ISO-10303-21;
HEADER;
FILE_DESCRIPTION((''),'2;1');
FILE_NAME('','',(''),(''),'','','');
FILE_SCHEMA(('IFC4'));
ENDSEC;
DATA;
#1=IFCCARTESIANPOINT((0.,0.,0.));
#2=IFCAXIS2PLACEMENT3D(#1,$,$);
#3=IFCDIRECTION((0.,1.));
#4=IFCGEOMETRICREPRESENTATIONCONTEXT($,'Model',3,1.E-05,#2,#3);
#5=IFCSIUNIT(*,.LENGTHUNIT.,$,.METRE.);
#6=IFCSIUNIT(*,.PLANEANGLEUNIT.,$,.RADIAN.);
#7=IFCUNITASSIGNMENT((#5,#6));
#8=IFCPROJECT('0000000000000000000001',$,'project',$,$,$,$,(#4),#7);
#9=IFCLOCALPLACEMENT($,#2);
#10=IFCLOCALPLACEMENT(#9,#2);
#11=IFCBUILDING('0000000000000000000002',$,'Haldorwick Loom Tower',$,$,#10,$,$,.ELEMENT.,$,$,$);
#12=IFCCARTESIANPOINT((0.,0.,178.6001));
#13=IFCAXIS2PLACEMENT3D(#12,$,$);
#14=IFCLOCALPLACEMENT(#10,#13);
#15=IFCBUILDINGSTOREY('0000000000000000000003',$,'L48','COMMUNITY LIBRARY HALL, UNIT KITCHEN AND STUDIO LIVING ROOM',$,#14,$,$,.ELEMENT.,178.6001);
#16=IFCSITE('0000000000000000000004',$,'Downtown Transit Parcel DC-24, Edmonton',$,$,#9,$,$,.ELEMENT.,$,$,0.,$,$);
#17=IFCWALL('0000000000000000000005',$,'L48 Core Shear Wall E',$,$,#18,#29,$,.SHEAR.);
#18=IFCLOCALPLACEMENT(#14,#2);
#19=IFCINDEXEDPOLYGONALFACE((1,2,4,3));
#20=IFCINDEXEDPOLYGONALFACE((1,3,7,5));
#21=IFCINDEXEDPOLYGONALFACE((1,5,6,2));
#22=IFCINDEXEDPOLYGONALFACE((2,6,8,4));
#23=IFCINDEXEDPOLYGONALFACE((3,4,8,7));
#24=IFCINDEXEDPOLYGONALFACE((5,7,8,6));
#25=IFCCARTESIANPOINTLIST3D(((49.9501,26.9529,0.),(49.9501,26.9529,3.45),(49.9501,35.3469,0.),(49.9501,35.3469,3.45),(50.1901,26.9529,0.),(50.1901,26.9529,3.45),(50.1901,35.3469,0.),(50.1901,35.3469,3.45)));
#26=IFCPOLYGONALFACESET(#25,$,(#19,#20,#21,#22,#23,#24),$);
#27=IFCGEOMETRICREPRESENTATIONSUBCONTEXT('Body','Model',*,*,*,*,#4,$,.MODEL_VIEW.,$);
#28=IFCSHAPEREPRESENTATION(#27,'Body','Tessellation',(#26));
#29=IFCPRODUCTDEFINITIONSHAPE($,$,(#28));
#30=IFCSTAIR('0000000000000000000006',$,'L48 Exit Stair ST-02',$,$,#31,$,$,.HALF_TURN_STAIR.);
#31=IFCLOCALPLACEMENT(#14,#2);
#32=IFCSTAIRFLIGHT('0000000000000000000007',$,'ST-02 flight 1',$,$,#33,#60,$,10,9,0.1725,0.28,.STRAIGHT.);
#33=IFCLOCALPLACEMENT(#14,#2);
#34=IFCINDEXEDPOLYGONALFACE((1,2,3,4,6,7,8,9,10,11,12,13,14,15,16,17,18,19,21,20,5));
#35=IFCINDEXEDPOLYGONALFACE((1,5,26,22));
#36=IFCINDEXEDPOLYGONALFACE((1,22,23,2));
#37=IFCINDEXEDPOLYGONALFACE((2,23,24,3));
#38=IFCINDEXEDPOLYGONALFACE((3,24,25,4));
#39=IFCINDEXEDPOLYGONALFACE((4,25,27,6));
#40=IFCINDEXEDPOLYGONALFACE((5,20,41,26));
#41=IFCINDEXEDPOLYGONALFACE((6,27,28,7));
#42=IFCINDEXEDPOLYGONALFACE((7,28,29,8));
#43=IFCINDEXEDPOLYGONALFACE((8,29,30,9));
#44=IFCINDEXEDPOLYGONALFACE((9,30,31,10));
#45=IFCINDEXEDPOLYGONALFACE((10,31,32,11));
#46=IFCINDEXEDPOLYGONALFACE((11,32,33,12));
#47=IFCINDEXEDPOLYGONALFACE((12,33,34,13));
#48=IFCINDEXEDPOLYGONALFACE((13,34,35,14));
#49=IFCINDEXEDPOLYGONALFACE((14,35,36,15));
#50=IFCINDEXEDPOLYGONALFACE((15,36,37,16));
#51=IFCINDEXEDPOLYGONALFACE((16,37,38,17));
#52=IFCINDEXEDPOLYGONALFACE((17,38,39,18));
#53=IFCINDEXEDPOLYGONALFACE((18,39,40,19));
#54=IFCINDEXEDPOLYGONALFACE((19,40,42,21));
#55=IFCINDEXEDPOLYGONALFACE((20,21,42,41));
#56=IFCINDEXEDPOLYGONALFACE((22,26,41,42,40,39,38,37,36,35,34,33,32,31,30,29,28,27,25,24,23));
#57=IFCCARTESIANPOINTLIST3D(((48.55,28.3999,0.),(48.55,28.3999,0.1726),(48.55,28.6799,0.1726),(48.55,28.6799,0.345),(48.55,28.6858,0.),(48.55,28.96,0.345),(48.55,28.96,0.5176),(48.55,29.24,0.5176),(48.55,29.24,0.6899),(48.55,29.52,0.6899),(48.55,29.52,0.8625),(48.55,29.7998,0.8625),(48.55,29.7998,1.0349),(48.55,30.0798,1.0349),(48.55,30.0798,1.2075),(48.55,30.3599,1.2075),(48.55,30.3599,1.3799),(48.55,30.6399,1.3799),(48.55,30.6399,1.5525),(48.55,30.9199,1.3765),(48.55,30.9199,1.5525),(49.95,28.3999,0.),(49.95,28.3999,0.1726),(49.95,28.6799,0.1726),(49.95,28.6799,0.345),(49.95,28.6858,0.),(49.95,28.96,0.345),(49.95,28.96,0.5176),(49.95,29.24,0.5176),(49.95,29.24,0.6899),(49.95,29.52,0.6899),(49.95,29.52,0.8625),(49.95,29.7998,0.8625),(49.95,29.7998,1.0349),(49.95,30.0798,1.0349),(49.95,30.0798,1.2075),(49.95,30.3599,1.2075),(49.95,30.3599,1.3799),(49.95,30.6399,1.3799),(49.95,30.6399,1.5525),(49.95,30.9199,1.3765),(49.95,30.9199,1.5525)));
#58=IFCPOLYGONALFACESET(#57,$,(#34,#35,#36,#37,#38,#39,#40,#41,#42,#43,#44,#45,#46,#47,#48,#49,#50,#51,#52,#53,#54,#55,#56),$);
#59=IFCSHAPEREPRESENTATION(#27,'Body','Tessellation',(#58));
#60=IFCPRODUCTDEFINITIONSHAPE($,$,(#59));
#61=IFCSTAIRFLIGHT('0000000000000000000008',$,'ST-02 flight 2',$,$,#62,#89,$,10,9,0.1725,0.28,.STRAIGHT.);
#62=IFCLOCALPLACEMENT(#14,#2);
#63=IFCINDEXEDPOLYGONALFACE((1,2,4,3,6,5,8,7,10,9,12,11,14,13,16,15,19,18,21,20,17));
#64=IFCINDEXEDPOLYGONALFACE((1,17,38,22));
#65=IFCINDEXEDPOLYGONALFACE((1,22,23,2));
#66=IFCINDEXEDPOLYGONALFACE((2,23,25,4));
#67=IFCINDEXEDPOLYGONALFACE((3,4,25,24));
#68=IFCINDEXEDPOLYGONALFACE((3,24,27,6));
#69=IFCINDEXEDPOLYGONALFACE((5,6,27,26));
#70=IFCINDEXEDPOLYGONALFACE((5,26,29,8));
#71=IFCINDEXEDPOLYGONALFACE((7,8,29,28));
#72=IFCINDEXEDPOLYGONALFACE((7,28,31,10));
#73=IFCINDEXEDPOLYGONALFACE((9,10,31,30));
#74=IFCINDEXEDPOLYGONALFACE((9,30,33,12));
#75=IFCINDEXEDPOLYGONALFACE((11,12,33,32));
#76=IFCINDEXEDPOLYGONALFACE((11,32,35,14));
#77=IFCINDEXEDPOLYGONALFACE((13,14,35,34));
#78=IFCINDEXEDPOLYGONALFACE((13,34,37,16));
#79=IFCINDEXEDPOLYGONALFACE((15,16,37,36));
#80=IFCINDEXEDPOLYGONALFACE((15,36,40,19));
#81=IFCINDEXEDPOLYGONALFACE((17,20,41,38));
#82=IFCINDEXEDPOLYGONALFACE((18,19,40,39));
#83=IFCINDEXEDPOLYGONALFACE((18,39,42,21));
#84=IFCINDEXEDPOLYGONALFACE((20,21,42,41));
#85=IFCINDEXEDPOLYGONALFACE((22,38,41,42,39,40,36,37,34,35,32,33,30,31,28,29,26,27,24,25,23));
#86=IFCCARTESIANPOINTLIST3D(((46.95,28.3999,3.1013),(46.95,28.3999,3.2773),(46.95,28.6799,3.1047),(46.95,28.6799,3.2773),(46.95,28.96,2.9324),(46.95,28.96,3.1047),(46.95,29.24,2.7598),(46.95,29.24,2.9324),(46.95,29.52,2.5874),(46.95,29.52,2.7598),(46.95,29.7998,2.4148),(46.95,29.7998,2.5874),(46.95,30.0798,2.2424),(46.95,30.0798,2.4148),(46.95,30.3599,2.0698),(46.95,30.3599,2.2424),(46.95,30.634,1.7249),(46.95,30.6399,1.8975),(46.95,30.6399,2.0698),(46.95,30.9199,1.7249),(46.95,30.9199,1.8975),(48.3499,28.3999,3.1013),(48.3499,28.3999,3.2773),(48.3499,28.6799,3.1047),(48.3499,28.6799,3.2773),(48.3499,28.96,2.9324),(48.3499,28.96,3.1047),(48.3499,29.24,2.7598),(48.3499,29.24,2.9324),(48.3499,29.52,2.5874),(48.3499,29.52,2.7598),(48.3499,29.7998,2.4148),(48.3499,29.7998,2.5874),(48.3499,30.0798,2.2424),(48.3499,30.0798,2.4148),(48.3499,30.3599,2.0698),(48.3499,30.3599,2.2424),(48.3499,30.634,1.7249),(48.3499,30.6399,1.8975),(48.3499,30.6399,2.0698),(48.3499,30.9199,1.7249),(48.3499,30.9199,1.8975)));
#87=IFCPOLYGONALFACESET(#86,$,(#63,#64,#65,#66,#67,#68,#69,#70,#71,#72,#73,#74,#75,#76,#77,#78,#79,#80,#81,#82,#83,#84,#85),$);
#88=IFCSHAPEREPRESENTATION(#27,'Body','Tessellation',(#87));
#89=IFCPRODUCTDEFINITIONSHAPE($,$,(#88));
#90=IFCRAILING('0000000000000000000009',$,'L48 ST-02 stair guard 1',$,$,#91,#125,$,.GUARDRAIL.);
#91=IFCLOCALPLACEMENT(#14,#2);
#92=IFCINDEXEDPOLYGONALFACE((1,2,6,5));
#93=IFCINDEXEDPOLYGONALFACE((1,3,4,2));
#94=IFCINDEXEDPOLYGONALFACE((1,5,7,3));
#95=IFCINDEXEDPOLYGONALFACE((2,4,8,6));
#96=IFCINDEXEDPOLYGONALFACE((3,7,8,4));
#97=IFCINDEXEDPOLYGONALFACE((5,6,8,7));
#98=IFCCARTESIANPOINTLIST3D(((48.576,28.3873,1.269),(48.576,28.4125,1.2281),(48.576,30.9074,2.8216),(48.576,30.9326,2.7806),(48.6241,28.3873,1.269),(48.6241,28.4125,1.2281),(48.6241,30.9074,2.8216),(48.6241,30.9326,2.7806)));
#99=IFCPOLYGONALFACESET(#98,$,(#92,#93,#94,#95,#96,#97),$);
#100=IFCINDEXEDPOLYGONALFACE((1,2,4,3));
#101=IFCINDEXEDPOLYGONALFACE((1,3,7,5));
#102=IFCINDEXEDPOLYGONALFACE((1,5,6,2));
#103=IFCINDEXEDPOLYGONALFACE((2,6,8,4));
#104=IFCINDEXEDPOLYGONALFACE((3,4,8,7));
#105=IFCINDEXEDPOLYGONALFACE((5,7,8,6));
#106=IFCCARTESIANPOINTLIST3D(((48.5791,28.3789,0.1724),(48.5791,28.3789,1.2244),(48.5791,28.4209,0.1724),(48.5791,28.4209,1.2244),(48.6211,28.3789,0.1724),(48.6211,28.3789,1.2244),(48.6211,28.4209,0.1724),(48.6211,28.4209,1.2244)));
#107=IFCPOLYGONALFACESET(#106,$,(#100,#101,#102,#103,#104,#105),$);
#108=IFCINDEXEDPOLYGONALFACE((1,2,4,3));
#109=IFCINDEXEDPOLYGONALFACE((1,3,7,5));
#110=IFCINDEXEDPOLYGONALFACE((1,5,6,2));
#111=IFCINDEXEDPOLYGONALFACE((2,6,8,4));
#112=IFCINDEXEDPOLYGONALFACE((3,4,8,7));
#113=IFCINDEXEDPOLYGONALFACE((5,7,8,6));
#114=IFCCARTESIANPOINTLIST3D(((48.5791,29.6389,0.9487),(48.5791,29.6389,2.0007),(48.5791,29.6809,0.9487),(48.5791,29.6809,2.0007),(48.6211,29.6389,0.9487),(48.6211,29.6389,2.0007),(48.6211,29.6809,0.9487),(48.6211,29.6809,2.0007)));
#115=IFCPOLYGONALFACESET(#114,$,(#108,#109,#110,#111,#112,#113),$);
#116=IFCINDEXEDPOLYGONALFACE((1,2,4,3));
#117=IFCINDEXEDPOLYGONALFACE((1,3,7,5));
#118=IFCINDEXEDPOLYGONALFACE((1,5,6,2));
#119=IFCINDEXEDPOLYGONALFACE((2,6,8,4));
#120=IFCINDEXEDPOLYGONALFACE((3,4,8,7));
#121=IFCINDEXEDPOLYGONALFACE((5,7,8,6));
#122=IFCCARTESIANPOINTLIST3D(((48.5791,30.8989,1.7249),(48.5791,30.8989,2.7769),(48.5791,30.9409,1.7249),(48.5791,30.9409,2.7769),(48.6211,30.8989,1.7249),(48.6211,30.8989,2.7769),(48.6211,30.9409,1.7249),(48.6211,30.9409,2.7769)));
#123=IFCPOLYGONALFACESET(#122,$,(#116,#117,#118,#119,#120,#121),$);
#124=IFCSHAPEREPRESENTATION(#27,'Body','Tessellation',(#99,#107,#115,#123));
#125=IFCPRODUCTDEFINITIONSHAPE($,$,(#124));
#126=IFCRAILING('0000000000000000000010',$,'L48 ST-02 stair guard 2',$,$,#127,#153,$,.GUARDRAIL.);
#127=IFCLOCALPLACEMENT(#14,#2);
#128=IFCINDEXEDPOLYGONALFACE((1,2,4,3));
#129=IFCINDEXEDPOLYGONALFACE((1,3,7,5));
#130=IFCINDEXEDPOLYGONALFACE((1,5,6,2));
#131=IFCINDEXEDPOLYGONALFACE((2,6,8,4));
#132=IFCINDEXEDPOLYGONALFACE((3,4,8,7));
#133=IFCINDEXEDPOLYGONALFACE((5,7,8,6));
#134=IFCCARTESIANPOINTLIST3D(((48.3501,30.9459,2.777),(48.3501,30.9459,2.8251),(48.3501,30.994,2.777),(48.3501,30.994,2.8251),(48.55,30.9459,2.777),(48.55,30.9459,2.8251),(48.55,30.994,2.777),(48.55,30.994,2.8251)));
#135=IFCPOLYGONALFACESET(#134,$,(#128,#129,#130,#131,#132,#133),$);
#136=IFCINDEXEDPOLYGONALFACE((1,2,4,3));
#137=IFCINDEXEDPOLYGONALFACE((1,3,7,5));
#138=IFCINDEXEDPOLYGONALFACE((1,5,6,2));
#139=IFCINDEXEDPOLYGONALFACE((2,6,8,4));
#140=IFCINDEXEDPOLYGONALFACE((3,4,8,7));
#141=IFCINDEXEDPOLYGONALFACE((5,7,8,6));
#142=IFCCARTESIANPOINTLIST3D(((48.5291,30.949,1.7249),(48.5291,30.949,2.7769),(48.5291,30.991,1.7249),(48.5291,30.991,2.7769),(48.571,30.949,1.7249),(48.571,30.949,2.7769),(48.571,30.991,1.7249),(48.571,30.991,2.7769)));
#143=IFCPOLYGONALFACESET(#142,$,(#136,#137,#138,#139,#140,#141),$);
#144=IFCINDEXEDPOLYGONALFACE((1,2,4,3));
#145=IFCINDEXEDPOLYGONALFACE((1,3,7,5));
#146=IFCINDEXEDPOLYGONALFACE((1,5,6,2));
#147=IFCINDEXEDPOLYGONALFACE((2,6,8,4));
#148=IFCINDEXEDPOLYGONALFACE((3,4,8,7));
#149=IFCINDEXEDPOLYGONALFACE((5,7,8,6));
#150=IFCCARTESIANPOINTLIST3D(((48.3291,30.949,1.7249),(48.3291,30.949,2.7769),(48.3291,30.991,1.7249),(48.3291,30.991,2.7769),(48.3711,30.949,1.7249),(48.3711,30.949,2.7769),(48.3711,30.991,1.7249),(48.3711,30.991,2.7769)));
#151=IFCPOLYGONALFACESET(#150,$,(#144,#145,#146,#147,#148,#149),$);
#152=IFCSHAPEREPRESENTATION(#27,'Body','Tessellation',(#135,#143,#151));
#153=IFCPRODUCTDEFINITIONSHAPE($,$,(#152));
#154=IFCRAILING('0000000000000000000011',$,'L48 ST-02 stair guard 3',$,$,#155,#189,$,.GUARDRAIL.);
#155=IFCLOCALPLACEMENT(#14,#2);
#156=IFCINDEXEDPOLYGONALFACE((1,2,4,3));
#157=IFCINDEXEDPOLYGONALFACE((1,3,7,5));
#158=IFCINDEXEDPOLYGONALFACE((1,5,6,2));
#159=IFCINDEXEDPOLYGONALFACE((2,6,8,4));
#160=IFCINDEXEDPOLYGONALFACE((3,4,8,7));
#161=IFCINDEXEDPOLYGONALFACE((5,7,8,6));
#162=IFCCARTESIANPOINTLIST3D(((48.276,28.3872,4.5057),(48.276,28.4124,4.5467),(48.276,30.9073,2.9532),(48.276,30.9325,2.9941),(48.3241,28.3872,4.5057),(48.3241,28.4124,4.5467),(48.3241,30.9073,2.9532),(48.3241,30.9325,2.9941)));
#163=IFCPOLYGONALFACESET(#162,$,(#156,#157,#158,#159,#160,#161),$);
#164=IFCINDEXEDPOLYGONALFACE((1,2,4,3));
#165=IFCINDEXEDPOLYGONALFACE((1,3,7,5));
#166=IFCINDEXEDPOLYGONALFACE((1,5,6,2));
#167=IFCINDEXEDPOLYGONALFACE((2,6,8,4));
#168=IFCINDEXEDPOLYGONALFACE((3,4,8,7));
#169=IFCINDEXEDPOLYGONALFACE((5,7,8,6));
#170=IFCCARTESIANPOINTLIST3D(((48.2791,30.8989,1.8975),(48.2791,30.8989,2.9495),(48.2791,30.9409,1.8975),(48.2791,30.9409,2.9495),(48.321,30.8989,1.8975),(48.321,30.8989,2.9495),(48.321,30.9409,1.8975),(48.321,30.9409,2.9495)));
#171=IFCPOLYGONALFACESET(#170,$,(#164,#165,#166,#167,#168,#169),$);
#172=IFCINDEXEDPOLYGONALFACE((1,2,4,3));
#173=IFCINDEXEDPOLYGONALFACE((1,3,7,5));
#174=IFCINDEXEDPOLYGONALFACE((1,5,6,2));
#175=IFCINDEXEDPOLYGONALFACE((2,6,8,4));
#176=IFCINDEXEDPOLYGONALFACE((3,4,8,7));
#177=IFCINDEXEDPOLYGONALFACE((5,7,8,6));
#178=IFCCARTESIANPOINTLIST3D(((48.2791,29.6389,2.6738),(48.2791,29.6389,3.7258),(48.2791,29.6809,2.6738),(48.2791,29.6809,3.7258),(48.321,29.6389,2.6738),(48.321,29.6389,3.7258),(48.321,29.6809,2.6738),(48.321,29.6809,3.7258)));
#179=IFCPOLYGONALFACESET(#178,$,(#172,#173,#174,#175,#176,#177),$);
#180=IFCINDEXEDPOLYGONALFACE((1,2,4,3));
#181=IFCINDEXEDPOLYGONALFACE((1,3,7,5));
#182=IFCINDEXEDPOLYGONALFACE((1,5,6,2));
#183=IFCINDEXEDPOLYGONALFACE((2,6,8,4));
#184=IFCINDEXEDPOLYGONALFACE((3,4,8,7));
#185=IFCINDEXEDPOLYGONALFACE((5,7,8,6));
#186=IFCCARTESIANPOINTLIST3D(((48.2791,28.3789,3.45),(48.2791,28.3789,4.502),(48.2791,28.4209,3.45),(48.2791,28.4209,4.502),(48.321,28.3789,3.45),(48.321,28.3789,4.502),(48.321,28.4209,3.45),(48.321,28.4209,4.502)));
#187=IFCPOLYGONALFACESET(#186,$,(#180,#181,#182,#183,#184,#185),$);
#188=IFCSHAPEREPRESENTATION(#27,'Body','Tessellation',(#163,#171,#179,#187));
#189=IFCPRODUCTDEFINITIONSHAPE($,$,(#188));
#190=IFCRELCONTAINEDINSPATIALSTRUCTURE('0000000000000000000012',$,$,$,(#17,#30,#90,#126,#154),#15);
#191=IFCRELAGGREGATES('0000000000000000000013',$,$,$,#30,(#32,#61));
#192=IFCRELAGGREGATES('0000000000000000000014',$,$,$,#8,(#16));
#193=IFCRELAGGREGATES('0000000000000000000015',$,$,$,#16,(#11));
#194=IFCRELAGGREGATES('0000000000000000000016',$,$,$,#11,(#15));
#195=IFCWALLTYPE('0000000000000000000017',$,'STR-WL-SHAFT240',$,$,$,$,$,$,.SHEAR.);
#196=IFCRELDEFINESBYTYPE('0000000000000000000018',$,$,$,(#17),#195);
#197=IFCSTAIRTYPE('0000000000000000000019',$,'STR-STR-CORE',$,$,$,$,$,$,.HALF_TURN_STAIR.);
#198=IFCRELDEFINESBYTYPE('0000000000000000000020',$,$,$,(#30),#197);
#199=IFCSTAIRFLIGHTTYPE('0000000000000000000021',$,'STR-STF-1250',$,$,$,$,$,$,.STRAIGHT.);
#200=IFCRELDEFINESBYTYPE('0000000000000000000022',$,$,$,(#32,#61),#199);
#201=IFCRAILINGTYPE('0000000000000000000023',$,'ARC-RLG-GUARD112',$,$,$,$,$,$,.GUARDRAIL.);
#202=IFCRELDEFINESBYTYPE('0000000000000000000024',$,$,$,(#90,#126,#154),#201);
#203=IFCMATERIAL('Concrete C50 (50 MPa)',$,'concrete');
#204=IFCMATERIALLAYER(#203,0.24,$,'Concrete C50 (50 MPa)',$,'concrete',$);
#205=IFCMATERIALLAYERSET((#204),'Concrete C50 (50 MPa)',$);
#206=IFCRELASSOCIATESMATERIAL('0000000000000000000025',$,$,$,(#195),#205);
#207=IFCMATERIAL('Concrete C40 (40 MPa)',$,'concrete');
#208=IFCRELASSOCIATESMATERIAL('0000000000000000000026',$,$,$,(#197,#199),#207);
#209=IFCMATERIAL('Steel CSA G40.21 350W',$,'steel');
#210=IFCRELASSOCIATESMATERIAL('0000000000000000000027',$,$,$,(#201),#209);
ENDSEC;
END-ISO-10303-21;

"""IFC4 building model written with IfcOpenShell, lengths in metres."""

from ifc_helpers import new_model, si_unit, direction, frame, frame_2d, origin, origin_2d, place, context, subcontext, project, spatial, polyline, rectangle, outline, extrude, material, layer, layer_set, type_object, element, aggregate, save


model = new_model("IFC4")

# Units and contexts
model_context = context("Model", 3, precision=1e-05, world=origin(), true_north=direction((0.0, 1.0)))
body_context = subcontext(model_context, "Body", "Model", "MODEL_VIEW")
ifc_project = project(units=[si_unit("LENGTHUNIT", "METRE"), si_unit("PLANEANGLEUNIT", "RADIAN")], contexts=[model_context])

# Site, building, storey
site_placement = place(None, origin())
site = spatial("IfcSite", under=ifc_project, at=site_placement, Name="Downtown Transit Parcel DC-24, Edmonton", CompositionType="ELEMENT", RefElevation=0.0)
building_placement = place(site_placement, origin())
building = spatial("IfcBuilding", under=site, at=building_placement, Name="Haldorwick Loom Tower", CompositionType="ELEMENT")
storey_placement = place(building_placement, frame((0.0, 0.0, 178.6001)))
storey = spatial("IfcBuildingStorey", under=building, at=storey_placement, Name="L48", Description="COMMUNITY LIBRARY HALL, UNIT KITCHEN AND STUDIO LIVING ROOM", CompositionType="ELEMENT", Elevation=178.6001)

# Shared definitions
ifc_material_1 = material(Name="Steel CSA G40.21 350W", Category="steel")

# Wall
ifc_material_2 = material(Name="Concrete C50 (50 MPa)", Category="concrete")
ifc_layer_1 = layer(ifc_material_2, 0.24, Name="Concrete C50 (50 MPa)", Category="concrete")
ifc_layer_set_1 = layer_set([ifc_layer_1], Name="Concrete C50 (50 MPa)")
wall_type_1 = type_object("IfcWallType", Name="STR-WL-SHAFT240", PredefinedType="SHEAR", material=ifc_layer_set_1)
wall_1_placement = place(storey_placement, frame((50.0701, 26.9529, 0.0), z_axis=(0.0, 0.0, 1.0), x_axis=(0.0, 1.0, 0.0)))
element("IfcWall", 1, at=wall_1_placement, inside=storey, type_object=wall_type_1, Name="L48 Core Shear Wall E", PredefinedType="SHEAR", context=body_context, shape_type="SweptSolid", body=[
    extrude(rectangle(XDim=8.394, YDim=0.24, at=frame_2d((4.197, 0.0))), origin(), (0.0, 0.0, 1.0), 3.45),
])

# Stair, stair flights
ifc_material_3 = material(Name="Concrete C40 (40 MPa)", Category="concrete")
stair_type = type_object("IfcStairType", Name="STR-STR-CORE", PredefinedType="HALF_TURN_STAIR", material=ifc_material_3)
stair_placement = place(storey_placement, origin())
stair = element("IfcStair", 2, at=stair_placement, inside=storey, type_object=stair_type, Name="L48 Exit Stair ST-02", PredefinedType="HALF_TURN_STAIR")
stair_flight_type = type_object("IfcStairFlightType", Name="STR-STF-1250", PredefinedType="STRAIGHT", material=ifc_material_3)
stair_flight_1_placement = place(storey_placement, frame((49.25, 28.3999, 0.0), z_axis=(0.0, 0.0, 1.0), x_axis=(0.0, 1.0, 0.0)))
stair_flight_1 = element("IfcStairFlight", 3, at=stair_flight_1_placement, type_object=stair_flight_type, Name="ST-02 flight 1", NumberOfRisers=10, NumberOfTreads=9, PredefinedType="STRAIGHT", RiserHeight=0.1725, TreadLength=0.28, context=body_context, shape_type="SweptSolid", body=[
    extrude(outline(polyline([(0.0, 0.0), (0.0, 0.1726), (0.28, 0.1726), (0.28, 0.345), (0.5601, 0.345), (0.5601, 0.5176), (0.8401, 0.5176), (0.8401, 0.6899), (1.1201, 0.6899), (1.1201, 0.8625), (1.3999, 0.8625), (1.3999, 1.0349), (1.6799, 1.0349), (1.6799, 1.2075), (1.96, 1.2075), (1.96, 1.3799), (2.24, 1.3799), (2.24, 1.5525), (2.52, 1.5525), (2.52, 1.7251), (2.52, 1.3765), (0.2859, 0.0), (0.0, 0.0)])), frame((0.0, 0.7, 0.0), z_axis=(0.0, -1.0, 0.0), x_axis=(1.0, 0.0, 0.0)), (0.0, 0.0, 1.0), 1.3999),
])
stair_flight_2_placement = place(storey_placement, frame((47.6499, 30.9199, 1.7249), z_axis=(0.0, 0.0, 1.0), x_axis=(0.0, -1.0, 0.0)))
stair_flight_2 = element("IfcStairFlight", 4, at=stair_flight_2_placement, type_object=stair_flight_type, Name="ST-02 flight 2", NumberOfRisers=10, NumberOfTreads=9, PredefinedType="STRAIGHT", RiserHeight=0.1725, TreadLength=0.28, context=body_context, shape_type="SweptSolid", body=[
    extrude(outline(polyline([(0.0, 0.0), (0.0, 0.1726), (0.28, 0.1726), (0.28, 0.345), (0.5601, 0.345), (0.5601, 0.5176), (0.8401, 0.5176), (0.8401, 0.6899), (1.1201, 0.6899), (1.1201, 0.8625), (1.3999, 0.8625), (1.3999, 1.0349), (1.6799, 1.0349), (1.6799, 1.2075), (1.96, 1.2075), (1.96, 1.3799), (2.24, 1.3799), (2.24, 1.5525), (2.52, 1.5525), (2.52, 1.7251), (2.52, 1.3765), (0.2859, 0.0), (0.0, 0.0)])), frame((0.0, 0.7, 0.0), z_axis=(0.0, -1.0, 0.0), x_axis=(1.0, 0.0, 0.0)), (0.0, 0.0, 1.0), 1.3999),
])
aggregate(stair, [stair_flight_1, stair_flight_2])

# Railings
railing_type_1 = type_object("IfcRailingType", Name="ARC-RLG-GUARD112", PredefinedType="GUARDRAIL", material=ifc_material_1)
railing_1_placement = place(storey_placement, frame((48.6001, 28.3999, 0.1724)))
element("IfcRailing", 5, at=railing_1_placement, inside=storey, type_object=railing_type_1, Name="L48 ST-02 stair guard 1", PredefinedType="GUARDRAIL", context=body_context, shape_type="SweptSolid", body=[
    extrude(rectangle(XDim=0.0481, YDim=0.0481, at=origin_2d()), frame((0.0, 0.0, 1.0762), z_axis=(0.0, 0.8514, 0.524516), x_axis=(-1.0, 0.0, 0.0)), (0.0, 0.0, 1.0), 2.96),
    extrude(rectangle(XDim=0.042, YDim=0.042, at=origin_2d()), origin(), (0.0, 0.0, 1.0), 1.052),
    extrude(rectangle(XDim=0.042, YDim=0.042, at=origin_2d()), frame((0.0, 1.26, 0.7764)), (0.0, 0.0, 1.0), 1.052),
    extrude(rectangle(XDim=0.042, YDim=0.042, at=origin_2d()), frame((0.0, 2.52, 1.5525)), (0.0, 0.0, 1.0), 1.052),
])
railing_2_placement = place(storey_placement, frame((48.55, 30.97, 1.7249)))
element("IfcRailing", 6, at=railing_2_placement, inside=storey, type_object=railing_type_1, Name="L48 ST-02 stair guard 2", PredefinedType="GUARDRAIL", context=body_context, shape_type="SweptSolid", body=[
    extrude(rectangle(XDim=0.0481, YDim=0.0481, at=origin_2d()), frame((0.0, 0.0, 1.0762), z_axis=(-1.0, 0.0, 0.0), x_axis=(0.0, -1.0, 0.0)), (0.0, 0.0, 1.0), 0.2),
    extrude(rectangle(XDim=0.042, YDim=0.042, at=origin_2d()), origin(), (0.0, 0.0, 1.0), 1.052),
    extrude(rectangle(XDim=0.042, YDim=0.042, at=origin_2d()), frame((-0.2, 0.0, 0.0)), (0.0, 0.0, 1.0), 1.052),
])
railing_3_placement = place(storey_placement, frame((48.3, 30.9199, 1.8975)))
element("IfcRailing", 7, at=railing_3_placement, inside=storey, type_object=railing_type_1, Name="L48 ST-02 stair guard 3", PredefinedType="GUARDRAIL", context=body_context, shape_type="SweptSolid", body=[
    extrude(rectangle(XDim=0.0481, YDim=0.0481, at=origin_2d()), frame((0.0, 0.0, 1.0762), z_axis=(0.0, -0.8514, 0.524516), x_axis=(1.0, 0.0, 0.0)), (0.0, 0.0, 1.0), 2.96),
    extrude(rectangle(XDim=0.042, YDim=0.042, at=origin_2d()), origin(), (0.0, 0.0, 1.0), 1.052),
    extrude(rectangle(XDim=0.042, YDim=0.042, at=origin_2d()), frame((0.0, -1.26, 0.7764)), (0.0, 0.0, 1.0), 1.052),
    extrude(rectangle(XDim=0.042, YDim=0.042, at=origin_2d()), frame((0.0, -2.52, 1.5525)), (0.0, 0.0, 1.0), 1.052),
])

save(model, "model.ifc")
